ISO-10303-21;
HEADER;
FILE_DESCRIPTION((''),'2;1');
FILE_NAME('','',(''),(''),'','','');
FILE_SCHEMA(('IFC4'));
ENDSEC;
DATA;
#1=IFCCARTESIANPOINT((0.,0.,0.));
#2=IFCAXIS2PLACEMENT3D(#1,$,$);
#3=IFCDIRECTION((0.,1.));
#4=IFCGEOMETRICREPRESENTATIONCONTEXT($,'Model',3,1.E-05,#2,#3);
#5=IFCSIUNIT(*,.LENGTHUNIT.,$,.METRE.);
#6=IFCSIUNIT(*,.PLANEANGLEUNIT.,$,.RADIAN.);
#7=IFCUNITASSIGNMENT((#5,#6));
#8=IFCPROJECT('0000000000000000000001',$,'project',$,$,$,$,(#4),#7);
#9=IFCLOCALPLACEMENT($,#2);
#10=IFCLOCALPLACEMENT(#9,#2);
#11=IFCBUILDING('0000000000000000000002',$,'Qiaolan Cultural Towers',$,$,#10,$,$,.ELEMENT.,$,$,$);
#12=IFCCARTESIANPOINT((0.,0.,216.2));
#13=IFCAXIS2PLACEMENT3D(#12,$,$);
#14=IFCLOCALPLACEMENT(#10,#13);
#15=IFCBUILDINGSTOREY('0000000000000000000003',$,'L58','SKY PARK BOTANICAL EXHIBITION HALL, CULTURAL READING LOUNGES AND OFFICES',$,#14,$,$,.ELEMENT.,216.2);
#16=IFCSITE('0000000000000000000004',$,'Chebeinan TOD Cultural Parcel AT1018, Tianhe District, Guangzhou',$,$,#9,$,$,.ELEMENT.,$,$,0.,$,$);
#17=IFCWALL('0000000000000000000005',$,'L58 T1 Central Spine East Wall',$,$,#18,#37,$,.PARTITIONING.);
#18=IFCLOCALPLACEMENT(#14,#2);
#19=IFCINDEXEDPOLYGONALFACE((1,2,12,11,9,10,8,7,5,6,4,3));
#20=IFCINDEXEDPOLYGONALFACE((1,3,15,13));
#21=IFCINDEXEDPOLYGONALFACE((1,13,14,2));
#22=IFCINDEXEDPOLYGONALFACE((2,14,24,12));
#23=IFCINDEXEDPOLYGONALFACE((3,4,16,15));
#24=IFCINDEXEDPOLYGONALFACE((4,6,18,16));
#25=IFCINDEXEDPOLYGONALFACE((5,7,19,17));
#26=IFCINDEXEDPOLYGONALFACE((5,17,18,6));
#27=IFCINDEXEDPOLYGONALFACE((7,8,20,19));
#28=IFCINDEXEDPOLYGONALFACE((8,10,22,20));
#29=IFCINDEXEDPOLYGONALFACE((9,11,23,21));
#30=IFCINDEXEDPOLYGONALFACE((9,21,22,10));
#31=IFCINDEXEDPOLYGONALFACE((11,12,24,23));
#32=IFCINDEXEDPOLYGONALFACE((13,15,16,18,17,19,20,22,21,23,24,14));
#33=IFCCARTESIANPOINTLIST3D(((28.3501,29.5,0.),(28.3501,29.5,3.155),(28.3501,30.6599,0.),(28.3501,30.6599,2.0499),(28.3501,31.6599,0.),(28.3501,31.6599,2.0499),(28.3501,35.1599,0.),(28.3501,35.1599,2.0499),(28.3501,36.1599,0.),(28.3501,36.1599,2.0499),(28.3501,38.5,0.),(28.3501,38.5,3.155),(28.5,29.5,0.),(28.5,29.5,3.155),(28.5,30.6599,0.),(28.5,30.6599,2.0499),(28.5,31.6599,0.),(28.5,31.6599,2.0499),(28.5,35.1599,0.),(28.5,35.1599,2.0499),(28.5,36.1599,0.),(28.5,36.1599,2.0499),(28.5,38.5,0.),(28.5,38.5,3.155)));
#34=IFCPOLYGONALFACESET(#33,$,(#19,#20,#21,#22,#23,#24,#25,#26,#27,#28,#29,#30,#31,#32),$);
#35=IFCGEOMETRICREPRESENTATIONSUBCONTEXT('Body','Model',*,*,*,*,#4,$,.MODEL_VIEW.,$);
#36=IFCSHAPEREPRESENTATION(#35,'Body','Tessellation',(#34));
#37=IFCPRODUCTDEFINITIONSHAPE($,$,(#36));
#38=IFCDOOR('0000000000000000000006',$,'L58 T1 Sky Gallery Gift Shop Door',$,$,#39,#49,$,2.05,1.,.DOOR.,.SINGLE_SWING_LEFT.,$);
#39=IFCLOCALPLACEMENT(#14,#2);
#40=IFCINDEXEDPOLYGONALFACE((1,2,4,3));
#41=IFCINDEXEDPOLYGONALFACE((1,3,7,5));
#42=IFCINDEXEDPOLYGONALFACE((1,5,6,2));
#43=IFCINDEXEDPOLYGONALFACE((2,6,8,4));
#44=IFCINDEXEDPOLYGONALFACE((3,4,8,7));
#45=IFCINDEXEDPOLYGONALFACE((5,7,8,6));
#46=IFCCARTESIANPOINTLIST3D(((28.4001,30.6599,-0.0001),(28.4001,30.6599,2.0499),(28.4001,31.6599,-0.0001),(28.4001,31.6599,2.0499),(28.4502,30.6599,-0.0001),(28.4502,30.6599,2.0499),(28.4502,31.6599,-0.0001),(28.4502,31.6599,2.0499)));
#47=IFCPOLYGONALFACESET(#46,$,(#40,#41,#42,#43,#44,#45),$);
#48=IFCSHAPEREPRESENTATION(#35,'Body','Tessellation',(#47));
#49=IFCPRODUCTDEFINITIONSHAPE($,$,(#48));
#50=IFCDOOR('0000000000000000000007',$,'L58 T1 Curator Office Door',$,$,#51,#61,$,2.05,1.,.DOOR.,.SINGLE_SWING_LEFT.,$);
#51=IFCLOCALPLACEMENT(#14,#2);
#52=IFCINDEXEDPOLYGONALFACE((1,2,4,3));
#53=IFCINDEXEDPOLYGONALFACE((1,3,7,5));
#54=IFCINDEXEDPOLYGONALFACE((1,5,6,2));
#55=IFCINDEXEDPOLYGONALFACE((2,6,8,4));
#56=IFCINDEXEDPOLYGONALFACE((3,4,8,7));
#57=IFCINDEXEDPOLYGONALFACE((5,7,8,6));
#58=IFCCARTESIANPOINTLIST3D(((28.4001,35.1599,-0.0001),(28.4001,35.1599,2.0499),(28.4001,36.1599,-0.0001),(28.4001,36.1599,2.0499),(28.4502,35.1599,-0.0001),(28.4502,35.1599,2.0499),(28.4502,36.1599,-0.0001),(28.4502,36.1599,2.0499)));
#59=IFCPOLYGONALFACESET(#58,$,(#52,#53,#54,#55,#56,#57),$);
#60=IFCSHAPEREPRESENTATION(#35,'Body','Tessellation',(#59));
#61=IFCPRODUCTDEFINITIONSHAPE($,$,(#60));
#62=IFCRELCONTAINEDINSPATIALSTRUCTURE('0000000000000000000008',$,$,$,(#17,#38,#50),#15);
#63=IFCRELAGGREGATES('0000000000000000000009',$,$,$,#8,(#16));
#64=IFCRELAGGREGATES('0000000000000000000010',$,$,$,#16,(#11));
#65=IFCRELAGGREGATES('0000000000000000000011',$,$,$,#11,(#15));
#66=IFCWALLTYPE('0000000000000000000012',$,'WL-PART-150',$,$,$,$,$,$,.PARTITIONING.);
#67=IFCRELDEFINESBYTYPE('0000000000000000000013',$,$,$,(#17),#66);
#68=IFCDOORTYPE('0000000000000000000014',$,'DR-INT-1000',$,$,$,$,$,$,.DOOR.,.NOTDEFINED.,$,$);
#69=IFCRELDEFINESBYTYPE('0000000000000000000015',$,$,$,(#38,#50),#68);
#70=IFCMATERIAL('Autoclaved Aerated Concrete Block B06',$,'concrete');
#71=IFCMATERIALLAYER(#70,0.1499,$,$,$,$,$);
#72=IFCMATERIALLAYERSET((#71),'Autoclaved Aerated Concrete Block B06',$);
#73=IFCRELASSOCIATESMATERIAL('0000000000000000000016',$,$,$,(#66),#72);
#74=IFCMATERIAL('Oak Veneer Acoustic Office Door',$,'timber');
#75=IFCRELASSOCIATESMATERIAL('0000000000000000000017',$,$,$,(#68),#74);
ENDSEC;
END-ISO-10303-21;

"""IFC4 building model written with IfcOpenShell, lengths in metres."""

from ifc_helpers import new_model, si_unit, direction, frame, frame_2d, origin, place, context, subcontext, project, spatial, rectangle, extrude, material, layer, layer_set, type_object, element, fill, save


model = new_model("IFC4")

# Units and contexts
model_context = context("Model", 3, precision=1e-05, world=origin(), true_north=direction((0.0, 1.0)))
body_context = subcontext(model_context, "Body", "Model", "MODEL_VIEW")
ifc_project = project(units=[si_unit("LENGTHUNIT", "METRE"), si_unit("PLANEANGLEUNIT", "RADIAN")], contexts=[model_context])

# Site, building, storey
site_placement = place(None, origin())
site = spatial("IfcSite", under=ifc_project, at=site_placement, Name="Chebeinan TOD Cultural Parcel AT1018, Tianhe District, Guangzhou", CompositionType="ELEMENT", RefElevation=0.0)
building_placement = place(site_placement, origin())
building = spatial("IfcBuilding", under=site, at=building_placement, Name="Qiaolan Cultural Towers", CompositionType="ELEMENT")
storey_placement = place(building_placement, frame((0.0, 0.0, 216.2)))
storey = spatial("IfcBuildingStorey", under=building, at=storey_placement, Name="L58", Description="SKY PARK BOTANICAL EXHIBITION HALL, CULTURAL READING LOUNGES AND OFFICES", CompositionType="ELEMENT", Elevation=216.2)

# Shared definitions
ifc_material_1 = material(Name="Autoclaved Aerated Concrete Block B06", Category="concrete")
ifc_layer_1 = layer(ifc_material_1, 0.1499)
ifc_layer_set_1 = layer_set([ifc_layer_1], Name="Autoclaved Aerated Concrete Block B06")
wall_type_1 = type_object("IfcWallType", Name="WL-PART-150", PredefinedType="PARTITIONING", material=ifc_layer_set_1)
ifc_material_2 = material(Name="Oak Veneer Acoustic Office Door", Category="timber")
door_type_1 = type_object("IfcDoorType", Name="DR-INT-1000", OperationType="NOTDEFINED", PredefinedType="DOOR", material=ifc_material_2)

# Wall, openings, doors
wall_1_placement = place(storey_placement, frame((28.425, 29.5, 0.0), z_axis=(0.0, 0.0, 1.0), x_axis=(0.0, 1.0, 0.0)))
wall_1 = element("IfcWall", 1, at=wall_1_placement, inside=storey, type_object=wall_type_1, Name="L58 T1 Central Spine East Wall", PredefinedType="PARTITIONING", context=body_context, shape_type="SweptSolid", body=[
    extrude(rectangle(XDim=9.0, YDim=0.1499, at=frame_2d((4.5, 0.0))), origin(), (0.0, 0.0, 1.0), 3.155),
])
opening_1_placement = place(wall_1_placement, frame((1.1599, 0.0, 0.0)))
opening_1 = element("IfcOpeningElement", 2, at=opening_1_placement, cuts=wall_1, PredefinedType="OPENING", context=body_context, shape_type="SweptSolid", body=[
    extrude(rectangle(XDim=1.0, YDim=2.05, at=frame_2d((0.5, 1.0249))), frame((0.0, 0.085, 0.0), z_axis=(0.0, -1.0, 0.0), x_axis=(1.0, 0.0, 0.0)), (0.0, 0.0, 1.0), 0.1699),
])
opening_2_placement = place(wall_1_placement, frame((5.6599, 0.0, 0.0)))
opening_2 = element("IfcOpeningElement", 3, at=opening_2_placement, cuts=wall_1, PredefinedType="OPENING", context=body_context, shape_type="SweptSolid", body=[
    extrude(rectangle(XDim=1.0, YDim=2.05, at=frame_2d((0.5, 1.0249))), frame((0.0, 0.085, 0.0), z_axis=(0.0, -1.0, 0.0), x_axis=(1.0, 0.0, 0.0)), (0.0, 0.0, 1.0), 0.1699),
])
door_1_placement = place(opening_1_placement, origin())
door_1 = element("IfcDoor", 4, at=door_1_placement, inside=storey, type_object=door_type_1, Name="L58 T1 Sky Gallery Gift Shop Door", OperationType="SINGLE_SWING_LEFT", OverallHeight=2.05, OverallWidth=1.0, PredefinedType="DOOR", context=body_context, shape_type="SweptSolid", body=[
    extrude(rectangle(XDim=1.0, YDim=2.05, at=frame_2d((0.5, 1.0249))), frame((0.0, 0.0249, 0.0), z_axis=(0.0, -1.0, 0.0), x_axis=(1.0, 0.0, 0.0)), (0.0, 0.0, 1.0), 0.05),
])
fill(opening_1, door_1)
door_2_placement = place(opening_2_placement, origin())
door_2 = element("IfcDoor", 5, at=door_2_placement, inside=storey, type_object=door_type_1, Name="L58 T1 Curator Office Door", OperationType="SINGLE_SWING_LEFT", OverallHeight=2.05, OverallWidth=1.0, PredefinedType="DOOR", context=body_context, shape_type="SweptSolid", body=[
    extrude(rectangle(XDim=1.0, YDim=2.05, at=frame_2d((0.5, 1.0249))), frame((0.0, 0.0249, 0.0), z_axis=(0.0, -1.0, 0.0), x_axis=(1.0, 0.0, 0.0)), (0.0, 0.0, 1.0), 0.05),
])
fill(opening_2, door_2)

save(model, "model.ifc")
